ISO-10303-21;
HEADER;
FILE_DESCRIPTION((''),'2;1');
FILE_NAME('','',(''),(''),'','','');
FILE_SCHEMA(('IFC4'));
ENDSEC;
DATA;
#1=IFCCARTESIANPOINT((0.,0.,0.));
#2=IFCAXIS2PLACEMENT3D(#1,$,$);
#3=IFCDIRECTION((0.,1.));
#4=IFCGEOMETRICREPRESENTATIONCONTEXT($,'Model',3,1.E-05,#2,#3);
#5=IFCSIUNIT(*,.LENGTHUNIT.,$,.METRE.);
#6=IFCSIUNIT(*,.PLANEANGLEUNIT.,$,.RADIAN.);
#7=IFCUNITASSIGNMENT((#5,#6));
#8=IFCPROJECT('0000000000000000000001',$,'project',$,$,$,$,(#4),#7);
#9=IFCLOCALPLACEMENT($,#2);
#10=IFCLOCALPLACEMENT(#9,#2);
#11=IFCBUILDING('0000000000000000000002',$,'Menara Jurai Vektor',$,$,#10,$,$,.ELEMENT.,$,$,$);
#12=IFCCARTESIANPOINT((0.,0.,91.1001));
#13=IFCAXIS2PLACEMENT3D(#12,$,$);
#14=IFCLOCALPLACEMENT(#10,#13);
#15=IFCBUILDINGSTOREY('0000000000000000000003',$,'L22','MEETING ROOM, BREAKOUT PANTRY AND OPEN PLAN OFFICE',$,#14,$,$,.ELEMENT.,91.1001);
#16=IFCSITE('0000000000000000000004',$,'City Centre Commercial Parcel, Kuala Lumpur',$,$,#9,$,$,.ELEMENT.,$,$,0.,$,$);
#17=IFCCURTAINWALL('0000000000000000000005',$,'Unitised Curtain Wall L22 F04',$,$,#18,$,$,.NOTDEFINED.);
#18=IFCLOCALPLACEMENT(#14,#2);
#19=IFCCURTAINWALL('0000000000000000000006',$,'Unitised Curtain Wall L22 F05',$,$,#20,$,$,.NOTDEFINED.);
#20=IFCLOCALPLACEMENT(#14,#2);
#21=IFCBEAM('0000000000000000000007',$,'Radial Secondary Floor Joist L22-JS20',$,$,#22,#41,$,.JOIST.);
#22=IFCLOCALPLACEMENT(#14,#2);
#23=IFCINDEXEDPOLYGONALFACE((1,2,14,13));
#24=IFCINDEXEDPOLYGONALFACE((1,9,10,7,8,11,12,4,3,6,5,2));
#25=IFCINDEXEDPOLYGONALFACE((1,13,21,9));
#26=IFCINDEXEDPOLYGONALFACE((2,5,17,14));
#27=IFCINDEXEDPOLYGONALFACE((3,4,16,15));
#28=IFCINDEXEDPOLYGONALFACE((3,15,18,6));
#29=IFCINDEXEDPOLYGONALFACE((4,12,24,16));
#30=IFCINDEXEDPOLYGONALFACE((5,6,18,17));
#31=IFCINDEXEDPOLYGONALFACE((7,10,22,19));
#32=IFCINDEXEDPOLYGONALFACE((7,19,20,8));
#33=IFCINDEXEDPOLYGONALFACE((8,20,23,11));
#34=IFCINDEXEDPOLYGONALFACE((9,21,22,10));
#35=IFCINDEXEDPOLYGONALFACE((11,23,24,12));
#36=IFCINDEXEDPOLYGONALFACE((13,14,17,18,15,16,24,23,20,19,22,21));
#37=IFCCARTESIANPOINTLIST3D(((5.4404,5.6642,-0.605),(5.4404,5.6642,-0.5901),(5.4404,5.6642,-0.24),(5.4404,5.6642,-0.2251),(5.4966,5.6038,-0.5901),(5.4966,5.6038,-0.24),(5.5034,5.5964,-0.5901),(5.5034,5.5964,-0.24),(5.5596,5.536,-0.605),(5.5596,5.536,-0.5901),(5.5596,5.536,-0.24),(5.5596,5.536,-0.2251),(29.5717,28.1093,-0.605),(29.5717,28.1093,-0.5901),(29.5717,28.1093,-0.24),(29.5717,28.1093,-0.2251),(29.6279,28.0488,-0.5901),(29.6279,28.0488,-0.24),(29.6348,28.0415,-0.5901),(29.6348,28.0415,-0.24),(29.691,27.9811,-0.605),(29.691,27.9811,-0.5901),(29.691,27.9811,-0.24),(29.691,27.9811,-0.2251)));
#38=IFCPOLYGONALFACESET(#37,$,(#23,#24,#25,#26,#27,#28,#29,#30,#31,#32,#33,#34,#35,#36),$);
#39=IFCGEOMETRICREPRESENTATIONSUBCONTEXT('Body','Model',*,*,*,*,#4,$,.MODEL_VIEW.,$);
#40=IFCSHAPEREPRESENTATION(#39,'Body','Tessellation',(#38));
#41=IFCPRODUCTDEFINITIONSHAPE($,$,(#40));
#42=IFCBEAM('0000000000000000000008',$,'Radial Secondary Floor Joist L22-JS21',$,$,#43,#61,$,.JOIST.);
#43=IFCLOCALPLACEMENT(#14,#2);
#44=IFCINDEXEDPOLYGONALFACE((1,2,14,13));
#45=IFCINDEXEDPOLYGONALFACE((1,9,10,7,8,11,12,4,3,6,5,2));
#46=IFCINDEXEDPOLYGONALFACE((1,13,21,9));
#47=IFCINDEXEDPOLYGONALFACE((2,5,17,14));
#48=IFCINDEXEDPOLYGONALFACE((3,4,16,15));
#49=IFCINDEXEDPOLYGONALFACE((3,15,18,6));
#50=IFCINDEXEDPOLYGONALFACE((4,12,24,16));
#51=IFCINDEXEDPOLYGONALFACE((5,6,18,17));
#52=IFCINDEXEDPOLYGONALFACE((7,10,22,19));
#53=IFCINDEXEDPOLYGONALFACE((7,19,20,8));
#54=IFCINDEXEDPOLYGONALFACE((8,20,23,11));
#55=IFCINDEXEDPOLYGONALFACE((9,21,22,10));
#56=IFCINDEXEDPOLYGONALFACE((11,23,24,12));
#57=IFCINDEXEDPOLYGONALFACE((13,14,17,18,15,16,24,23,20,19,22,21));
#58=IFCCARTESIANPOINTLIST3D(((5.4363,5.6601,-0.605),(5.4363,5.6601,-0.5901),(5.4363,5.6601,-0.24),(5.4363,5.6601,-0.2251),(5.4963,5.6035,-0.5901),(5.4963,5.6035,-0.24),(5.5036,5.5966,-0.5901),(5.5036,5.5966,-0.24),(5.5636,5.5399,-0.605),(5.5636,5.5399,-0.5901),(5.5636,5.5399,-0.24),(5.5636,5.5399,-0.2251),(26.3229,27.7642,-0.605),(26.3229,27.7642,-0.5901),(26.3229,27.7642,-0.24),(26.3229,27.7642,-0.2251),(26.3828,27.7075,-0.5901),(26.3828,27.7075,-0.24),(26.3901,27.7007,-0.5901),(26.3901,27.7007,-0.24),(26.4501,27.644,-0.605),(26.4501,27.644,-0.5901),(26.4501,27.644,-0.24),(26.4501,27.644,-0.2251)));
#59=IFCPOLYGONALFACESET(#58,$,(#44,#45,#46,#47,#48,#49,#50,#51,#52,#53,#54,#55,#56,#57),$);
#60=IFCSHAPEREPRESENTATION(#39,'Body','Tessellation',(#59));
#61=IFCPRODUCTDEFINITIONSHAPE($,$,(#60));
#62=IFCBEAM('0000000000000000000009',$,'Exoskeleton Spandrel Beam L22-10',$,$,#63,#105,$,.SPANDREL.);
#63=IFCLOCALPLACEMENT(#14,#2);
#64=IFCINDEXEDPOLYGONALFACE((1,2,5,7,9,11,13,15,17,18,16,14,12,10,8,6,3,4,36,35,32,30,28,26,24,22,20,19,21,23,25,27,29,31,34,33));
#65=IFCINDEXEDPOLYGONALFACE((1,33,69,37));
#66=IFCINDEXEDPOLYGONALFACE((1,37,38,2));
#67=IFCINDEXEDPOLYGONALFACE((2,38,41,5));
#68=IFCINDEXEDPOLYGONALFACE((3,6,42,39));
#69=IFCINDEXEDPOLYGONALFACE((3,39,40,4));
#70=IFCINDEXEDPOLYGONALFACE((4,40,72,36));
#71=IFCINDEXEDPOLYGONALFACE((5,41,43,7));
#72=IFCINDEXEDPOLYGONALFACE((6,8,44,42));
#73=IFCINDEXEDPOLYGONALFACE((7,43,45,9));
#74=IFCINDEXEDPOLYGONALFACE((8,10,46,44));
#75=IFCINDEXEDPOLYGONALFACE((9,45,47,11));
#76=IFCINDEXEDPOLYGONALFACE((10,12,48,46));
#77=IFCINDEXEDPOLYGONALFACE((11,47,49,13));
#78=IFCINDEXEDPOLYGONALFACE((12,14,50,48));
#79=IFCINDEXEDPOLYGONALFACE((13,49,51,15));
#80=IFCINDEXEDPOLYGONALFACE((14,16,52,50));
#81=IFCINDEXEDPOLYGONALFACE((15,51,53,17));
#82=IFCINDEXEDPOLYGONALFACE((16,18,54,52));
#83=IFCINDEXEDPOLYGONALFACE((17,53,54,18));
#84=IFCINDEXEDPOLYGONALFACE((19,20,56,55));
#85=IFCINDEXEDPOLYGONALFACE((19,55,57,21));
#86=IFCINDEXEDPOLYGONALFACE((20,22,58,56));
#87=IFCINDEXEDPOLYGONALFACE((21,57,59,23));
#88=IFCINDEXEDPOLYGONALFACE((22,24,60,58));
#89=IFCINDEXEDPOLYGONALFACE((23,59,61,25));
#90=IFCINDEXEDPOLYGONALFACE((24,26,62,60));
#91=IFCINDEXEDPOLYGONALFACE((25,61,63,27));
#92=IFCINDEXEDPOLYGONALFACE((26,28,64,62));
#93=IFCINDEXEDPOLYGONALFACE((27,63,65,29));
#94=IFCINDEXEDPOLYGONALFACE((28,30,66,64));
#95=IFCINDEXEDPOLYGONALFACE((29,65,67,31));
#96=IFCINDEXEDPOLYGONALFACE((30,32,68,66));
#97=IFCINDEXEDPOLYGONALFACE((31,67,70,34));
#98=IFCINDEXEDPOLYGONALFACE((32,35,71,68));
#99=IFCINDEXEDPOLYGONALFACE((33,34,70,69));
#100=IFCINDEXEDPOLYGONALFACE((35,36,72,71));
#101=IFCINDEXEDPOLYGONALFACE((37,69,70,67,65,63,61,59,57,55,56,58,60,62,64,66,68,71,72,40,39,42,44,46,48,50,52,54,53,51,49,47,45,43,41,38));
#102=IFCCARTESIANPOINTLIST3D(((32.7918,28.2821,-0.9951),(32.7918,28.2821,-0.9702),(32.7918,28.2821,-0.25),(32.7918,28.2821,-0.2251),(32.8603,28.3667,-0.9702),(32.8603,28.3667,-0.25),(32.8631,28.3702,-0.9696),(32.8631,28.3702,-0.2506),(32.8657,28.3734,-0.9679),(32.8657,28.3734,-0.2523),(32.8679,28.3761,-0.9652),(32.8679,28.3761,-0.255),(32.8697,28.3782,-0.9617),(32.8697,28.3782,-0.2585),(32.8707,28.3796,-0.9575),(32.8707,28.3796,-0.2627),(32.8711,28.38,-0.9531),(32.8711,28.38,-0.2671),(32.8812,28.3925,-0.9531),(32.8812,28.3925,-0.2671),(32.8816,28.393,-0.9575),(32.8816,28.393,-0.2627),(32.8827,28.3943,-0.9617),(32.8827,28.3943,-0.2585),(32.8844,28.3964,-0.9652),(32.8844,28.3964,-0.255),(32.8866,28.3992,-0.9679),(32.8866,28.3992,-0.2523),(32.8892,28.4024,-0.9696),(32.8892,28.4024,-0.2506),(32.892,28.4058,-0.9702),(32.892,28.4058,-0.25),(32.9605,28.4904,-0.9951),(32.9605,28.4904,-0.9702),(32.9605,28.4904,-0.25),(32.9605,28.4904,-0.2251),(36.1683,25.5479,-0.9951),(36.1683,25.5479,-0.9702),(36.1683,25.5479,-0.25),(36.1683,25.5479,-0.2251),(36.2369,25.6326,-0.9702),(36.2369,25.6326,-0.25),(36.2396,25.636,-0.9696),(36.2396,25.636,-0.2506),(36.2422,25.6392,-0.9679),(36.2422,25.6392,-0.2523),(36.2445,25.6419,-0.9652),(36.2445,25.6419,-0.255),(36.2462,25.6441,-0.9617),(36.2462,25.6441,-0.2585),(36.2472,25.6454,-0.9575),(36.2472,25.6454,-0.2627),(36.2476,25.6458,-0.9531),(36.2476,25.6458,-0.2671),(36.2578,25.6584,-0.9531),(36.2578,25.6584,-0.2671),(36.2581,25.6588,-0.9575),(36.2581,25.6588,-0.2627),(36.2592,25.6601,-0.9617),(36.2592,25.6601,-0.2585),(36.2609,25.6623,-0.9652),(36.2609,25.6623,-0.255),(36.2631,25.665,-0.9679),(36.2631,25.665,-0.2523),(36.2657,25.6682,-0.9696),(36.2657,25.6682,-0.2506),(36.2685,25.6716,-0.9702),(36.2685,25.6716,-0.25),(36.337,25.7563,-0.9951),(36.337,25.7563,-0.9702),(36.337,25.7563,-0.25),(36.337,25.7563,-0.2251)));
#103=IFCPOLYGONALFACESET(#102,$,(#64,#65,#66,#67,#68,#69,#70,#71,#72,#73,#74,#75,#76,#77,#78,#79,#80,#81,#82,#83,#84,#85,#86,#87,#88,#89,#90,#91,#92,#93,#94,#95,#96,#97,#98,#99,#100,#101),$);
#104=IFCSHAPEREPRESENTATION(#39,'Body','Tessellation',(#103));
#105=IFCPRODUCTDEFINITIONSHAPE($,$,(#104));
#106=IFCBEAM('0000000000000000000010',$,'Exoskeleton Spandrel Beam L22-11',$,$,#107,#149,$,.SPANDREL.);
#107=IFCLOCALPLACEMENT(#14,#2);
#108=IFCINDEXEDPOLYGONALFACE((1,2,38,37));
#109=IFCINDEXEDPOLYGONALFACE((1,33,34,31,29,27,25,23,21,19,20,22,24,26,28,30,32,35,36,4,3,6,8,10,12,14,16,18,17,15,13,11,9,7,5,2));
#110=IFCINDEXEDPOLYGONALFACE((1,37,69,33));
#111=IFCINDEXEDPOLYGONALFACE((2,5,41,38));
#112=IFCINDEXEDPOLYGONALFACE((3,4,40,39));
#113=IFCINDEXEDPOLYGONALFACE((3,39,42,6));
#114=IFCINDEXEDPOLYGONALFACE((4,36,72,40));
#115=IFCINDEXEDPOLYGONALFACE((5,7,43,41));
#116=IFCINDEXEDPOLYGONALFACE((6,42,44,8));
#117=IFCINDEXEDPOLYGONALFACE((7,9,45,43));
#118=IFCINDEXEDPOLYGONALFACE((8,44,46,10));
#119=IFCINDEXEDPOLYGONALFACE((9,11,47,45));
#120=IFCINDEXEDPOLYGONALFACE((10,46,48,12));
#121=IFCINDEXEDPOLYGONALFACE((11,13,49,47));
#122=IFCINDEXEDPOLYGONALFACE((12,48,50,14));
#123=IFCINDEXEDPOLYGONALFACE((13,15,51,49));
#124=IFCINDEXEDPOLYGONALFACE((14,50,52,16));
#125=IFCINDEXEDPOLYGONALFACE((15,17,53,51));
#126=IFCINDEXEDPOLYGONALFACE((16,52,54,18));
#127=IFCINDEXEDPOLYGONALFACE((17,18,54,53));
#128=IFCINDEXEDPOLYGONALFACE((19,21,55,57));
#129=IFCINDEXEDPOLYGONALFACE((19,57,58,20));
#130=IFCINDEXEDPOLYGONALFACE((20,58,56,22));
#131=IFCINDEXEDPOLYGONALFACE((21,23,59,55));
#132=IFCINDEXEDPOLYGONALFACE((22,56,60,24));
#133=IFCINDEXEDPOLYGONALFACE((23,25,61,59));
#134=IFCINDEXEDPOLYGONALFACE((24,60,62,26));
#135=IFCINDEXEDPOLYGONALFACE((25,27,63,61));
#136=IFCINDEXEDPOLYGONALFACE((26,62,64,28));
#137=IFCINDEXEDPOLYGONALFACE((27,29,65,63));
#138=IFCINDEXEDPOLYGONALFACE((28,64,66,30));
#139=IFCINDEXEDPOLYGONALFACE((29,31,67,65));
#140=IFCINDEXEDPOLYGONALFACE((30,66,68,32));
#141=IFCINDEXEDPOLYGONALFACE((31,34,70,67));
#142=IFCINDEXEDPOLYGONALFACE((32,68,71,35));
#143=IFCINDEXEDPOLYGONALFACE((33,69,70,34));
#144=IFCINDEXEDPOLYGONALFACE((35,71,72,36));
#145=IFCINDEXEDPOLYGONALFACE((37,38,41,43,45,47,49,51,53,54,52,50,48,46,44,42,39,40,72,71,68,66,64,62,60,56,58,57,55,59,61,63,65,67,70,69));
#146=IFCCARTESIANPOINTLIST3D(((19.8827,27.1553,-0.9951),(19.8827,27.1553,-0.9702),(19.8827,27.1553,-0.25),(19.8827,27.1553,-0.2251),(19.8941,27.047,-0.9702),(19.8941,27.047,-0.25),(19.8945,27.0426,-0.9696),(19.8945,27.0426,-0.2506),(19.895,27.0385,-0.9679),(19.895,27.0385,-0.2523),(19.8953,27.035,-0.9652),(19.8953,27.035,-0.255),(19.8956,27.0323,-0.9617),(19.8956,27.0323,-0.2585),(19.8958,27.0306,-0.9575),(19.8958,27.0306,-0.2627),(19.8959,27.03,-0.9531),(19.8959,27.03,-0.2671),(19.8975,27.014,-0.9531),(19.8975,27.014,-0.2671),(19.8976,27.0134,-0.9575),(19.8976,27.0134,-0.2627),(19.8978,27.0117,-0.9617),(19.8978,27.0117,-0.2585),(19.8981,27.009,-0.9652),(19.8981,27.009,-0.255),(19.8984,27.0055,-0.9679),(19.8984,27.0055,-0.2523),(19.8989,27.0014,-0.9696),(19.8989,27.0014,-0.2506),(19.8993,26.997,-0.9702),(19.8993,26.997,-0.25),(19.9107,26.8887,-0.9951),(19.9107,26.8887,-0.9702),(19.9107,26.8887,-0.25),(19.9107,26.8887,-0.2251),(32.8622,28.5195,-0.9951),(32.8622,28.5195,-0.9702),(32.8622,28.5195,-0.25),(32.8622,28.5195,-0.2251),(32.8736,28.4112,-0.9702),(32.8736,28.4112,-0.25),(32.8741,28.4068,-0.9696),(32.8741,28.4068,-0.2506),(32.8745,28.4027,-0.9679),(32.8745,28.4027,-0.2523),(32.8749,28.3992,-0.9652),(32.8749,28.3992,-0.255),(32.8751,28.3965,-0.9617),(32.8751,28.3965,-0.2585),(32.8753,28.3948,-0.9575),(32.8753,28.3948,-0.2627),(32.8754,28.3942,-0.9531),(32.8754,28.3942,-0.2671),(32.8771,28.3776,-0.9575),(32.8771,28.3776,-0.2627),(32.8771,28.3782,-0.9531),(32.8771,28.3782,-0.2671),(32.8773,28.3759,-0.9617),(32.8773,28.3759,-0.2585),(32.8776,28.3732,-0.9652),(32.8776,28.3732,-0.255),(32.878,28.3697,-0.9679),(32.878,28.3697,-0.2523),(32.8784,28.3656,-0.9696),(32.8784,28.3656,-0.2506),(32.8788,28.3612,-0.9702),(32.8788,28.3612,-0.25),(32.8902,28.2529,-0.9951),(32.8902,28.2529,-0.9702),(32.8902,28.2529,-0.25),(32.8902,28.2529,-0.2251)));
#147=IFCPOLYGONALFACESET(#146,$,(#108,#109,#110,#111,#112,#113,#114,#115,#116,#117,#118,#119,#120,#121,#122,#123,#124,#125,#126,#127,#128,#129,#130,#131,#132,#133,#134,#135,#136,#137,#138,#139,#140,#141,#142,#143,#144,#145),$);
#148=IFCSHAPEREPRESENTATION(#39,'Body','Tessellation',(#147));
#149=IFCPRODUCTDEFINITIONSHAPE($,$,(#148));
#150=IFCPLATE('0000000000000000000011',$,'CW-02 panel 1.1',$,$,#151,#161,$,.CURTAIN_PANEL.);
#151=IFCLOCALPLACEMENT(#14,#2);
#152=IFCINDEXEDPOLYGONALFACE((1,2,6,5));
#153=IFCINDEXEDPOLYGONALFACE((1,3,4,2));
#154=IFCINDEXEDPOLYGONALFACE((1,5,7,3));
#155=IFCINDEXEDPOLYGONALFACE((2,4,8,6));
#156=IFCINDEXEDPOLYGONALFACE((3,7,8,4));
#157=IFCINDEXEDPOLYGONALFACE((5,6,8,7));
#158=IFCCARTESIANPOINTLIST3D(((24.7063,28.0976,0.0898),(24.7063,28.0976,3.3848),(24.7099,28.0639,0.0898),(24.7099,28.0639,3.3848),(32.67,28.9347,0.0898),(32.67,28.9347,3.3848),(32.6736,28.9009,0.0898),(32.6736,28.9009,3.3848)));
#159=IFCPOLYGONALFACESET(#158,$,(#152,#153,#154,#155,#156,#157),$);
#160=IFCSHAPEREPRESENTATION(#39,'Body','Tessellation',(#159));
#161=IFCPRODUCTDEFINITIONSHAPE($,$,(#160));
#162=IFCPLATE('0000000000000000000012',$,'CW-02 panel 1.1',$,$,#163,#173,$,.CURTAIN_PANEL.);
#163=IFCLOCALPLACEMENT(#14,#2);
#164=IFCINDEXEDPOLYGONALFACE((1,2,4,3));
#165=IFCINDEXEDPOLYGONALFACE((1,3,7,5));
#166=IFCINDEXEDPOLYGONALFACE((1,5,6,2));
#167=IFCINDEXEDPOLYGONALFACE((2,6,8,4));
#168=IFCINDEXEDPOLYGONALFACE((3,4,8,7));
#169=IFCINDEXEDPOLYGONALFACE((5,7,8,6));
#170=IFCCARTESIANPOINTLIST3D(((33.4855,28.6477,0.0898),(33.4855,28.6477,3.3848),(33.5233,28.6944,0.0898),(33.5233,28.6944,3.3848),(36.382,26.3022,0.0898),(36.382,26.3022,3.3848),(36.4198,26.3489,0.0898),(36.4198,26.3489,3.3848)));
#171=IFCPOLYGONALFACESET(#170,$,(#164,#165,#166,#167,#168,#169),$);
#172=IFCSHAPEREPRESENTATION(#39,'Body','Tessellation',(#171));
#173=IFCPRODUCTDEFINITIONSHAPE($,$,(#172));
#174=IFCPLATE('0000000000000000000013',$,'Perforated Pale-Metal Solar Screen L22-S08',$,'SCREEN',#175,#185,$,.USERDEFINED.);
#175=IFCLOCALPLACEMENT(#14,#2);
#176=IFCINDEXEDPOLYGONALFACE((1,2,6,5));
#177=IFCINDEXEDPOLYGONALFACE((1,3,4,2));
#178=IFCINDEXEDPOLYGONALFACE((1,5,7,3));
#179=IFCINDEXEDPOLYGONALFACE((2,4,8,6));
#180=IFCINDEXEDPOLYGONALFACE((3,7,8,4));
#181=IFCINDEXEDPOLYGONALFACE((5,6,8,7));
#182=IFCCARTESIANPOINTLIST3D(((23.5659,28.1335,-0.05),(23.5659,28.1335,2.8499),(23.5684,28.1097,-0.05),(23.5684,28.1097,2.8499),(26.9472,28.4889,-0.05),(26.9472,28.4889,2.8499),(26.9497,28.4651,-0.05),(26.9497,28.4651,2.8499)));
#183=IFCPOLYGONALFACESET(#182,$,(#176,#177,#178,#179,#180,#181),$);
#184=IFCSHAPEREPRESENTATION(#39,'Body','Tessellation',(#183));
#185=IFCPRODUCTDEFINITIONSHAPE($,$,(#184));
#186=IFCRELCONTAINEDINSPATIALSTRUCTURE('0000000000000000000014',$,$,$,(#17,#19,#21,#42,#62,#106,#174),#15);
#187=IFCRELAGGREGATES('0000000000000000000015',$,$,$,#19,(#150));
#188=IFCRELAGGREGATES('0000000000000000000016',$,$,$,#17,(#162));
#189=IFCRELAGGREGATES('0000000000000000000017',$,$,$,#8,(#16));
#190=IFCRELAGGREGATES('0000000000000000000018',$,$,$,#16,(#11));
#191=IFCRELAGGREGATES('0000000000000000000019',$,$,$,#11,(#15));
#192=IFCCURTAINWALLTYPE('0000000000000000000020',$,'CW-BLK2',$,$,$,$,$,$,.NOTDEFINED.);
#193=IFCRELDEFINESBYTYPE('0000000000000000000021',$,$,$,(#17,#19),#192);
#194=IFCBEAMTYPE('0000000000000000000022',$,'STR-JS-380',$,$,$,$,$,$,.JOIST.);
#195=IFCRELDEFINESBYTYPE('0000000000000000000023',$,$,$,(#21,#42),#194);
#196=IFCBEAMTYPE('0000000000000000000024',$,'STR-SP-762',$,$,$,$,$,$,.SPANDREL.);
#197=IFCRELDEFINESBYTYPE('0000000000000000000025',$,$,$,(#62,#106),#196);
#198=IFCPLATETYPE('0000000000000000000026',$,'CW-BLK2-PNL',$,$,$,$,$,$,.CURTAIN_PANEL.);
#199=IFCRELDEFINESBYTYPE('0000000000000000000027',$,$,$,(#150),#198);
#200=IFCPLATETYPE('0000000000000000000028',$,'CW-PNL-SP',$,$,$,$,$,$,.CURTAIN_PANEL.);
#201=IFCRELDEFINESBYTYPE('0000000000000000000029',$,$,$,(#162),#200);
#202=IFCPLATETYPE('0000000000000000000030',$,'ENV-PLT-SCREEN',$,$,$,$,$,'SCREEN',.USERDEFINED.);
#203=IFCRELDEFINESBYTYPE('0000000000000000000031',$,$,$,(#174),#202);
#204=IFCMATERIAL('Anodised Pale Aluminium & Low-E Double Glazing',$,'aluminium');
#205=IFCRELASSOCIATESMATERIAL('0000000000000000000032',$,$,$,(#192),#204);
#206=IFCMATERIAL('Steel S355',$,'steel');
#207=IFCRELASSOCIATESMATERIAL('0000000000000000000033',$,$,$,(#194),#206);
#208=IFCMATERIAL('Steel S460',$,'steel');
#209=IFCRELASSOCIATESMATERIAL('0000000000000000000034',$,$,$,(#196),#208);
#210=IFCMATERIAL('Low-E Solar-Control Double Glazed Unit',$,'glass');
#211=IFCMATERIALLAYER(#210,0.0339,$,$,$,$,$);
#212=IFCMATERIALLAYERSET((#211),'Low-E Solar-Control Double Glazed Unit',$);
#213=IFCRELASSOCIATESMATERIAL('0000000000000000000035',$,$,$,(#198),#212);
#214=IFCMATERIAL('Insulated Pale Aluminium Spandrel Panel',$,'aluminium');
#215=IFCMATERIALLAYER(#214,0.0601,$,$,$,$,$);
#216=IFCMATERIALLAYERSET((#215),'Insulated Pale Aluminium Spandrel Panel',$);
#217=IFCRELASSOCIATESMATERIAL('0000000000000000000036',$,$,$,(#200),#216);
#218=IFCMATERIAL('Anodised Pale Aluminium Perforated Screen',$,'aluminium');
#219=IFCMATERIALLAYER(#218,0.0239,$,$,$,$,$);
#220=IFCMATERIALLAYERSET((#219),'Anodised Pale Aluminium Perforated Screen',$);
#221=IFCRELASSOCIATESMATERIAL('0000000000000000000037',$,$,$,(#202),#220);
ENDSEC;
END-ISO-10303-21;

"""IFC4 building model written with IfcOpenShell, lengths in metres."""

from ifc_helpers import new_model, si_unit, direction, frame, origin, origin_2d, place, context, subcontext, project, spatial, rectangle, i_section, extrude, material, layer, layer_set, material_profile, profile_set, type_object, element, aggregate, save


model = new_model("IFC4")

# Units and contexts
model_context = context("Model", 3, precision=1e-05, world=origin(), true_north=direction((0.0, 1.0)))
body_context = subcontext(model_context, "Body", "Model", "MODEL_VIEW")
ifc_project = project(units=[si_unit("LENGTHUNIT", "METRE"), si_unit("PLANEANGLEUNIT", "RADIAN")], contexts=[model_context])

# Site, building, storey
site_placement = place(None, origin())
site = spatial("IfcSite", under=ifc_project, at=site_placement, Name="City Centre Commercial Parcel, Kuala Lumpur", CompositionType="ELEMENT", RefElevation=0.0)
building_placement = place(site_placement, origin())
building = spatial("IfcBuilding", under=site, at=building_placement, Name="Menara Jurai Vektor", CompositionType="ELEMENT")
storey_placement = place(building_placement, frame((0.0, 0.0, 91.1001)))
storey = spatial("IfcBuildingStorey", under=building, at=storey_placement, Name="L22", Description="MEETING ROOM, BREAKOUT PANTRY AND OPEN PLAN OFFICE", CompositionType="ELEMENT", Elevation=91.1001)

# Shared definitions
ifc_material_1 = material(Name="Steel S460", Category="steel")

# Shared definitions
ifc_material_2 = material(Name="Anodised Pale Aluminium & Low-E Double Glazing", Category="aluminium")
curtain_wall_type = type_object("IfcCurtainWallType", Name="CW-BLK2", PredefinedType="NOTDEFINED", material=ifc_material_2)

# Curtain walls
curtain_wall_1_placement = place(storey_placement, origin())
curtain_wall_1 = element("IfcCurtainWall", 1, at=curtain_wall_1_placement, inside=storey, type_object=curtain_wall_type, Name="Unitised Curtain Wall L22 F04", PredefinedType="NOTDEFINED")
curtain_wall_2_placement = place(storey_placement, origin())
curtain_wall_2 = element("IfcCurtainWall", 2, at=curtain_wall_2_placement, inside=storey, type_object=curtain_wall_type, Name="Unitised Curtain Wall L22 F05", PredefinedType="NOTDEFINED")

# Shared definitions
ifc_material_3 = material(Name="Steel S355", Category="steel")

# Beams
ifc_material_profile_1 = material_profile(ifc_material_3, i_section(OverallWidth=0.175, OverallDepth=0.3799, WebThickness=0.01, FlangeThickness=0.0149, at=origin_2d()), Name="PG 380x175x58")
ifc_profile_set_1 = profile_set([ifc_material_profile_1], Name="Steel S355")
beam_type_1 = type_object("IfcBeamType", Name="STR-JS-380", PredefinedType="JOIST", material=ifc_profile_set_1)
beam_1_placement = place(storey_placement, frame((29.6313, 28.0452, -0.415), z_axis=(-0.732228, -0.68106, 0.0), x_axis=(0.68106, -0.732228, 0.0)))
element("IfcBeam", 3, at=beam_1_placement, inside=storey, type_object=beam_type_1, Name="Radial Secondary Floor Joist L22-JS20", PredefinedType="JOIST", context=body_context, shape_type="SweptSolid", body=[
    extrude(i_section(OverallWidth=0.175, OverallDepth=0.3799, WebThickness=0.01, FlangeThickness=0.0149, at=origin_2d()), origin(), (0.0, 0.0, 1.0), 32.9561),
])
beam_2_placement = place(storey_placement, frame((26.3865, 27.7041, -0.415), z_axis=(-0.686805, -0.726841, 0.0), x_axis=(0.726841, -0.686805, 0.0)))
element("IfcBeam", 4, at=beam_2_placement, inside=storey, type_object=beam_type_1, Name="Radial Secondary Floor Joist L22-JS21", PredefinedType="JOIST", context=body_context, shape_type="SweptSolid", body=[
    extrude(i_section(OverallWidth=0.175, OverallDepth=0.3799, WebThickness=0.01, FlangeThickness=0.0149, at=origin_2d()), origin(), (0.0, 0.0, 1.0), 30.4111),
])
ifc_material_profile_2 = material_profile(ifc_material_1, i_section(OverallWidth=0.2681, OverallDepth=0.77, WebThickness=0.0161, FlangeThickness=0.0249, FilletRadius=0.0171, at=origin_2d()), Name="UKB 762x267x197")
ifc_profile_set_2 = profile_set([ifc_material_profile_2], Name="Steel S460")
beam_type_2 = type_object("IfcBeamType", Name="STR-SP-762", PredefinedType="SPANDREL", material=ifc_profile_set_2)
beam_3_placement = place(storey_placement, frame((36.2527, 25.6521, -0.6101), z_axis=(-0.777155, 0.62931, 0.0), x_axis=(-0.62931, -0.777155, 0.0)))
element("IfcBeam", 5, at=beam_3_placement, inside=storey, type_object=beam_type_2, Name="Exoskeleton Spandrel Beam L22-10", PredefinedType="SPANDREL", context=body_context, shape_type="SweptSolid", body=[
    extrude(i_section(OverallWidth=0.2681, OverallDepth=0.77, WebThickness=0.0161, FlangeThickness=0.0249, FilletRadius=0.0171, at=origin_2d()), origin(), (0.0, 0.0, 1.0), 4.3447),
])
beam_4_placement = place(storey_placement, frame((32.8762, 28.3862, -0.6101), z_axis=(-0.994521, -0.104533, 0.0), x_axis=(0.104533, -0.994521, 0.0)))
element("IfcBeam", 6, at=beam_4_placement, inside=storey, type_object=beam_type_2, Name="Exoskeleton Spandrel Beam L22-11", PredefinedType="SPANDREL", context=body_context, shape_type="SweptSolid", body=[
    extrude(i_section(OverallWidth=0.2681, OverallDepth=0.77, WebThickness=0.0161, FlangeThickness=0.0249, FilletRadius=0.0171, at=origin_2d()), origin(), (0.0, 0.0, 1.0), 13.051),
])

# Plates
ifc_material_4 = material(Name="Low-E Solar-Control Double Glazed Unit", Category="glass")
ifc_layer_1 = layer(ifc_material_4, 0.0339)
ifc_layer_set_1 = layer_set([ifc_layer_1], Name="Low-E Solar-Control Double Glazed Unit")
plate_type_1 = type_object("IfcPlateType", Name="CW-BLK2-PNL", PredefinedType="CURTAIN_PANEL", material=ifc_layer_set_1)
plate_1_placement = place(storey_placement, frame((28.6899, 28.4993, 0.0898), z_axis=(0.0, 0.0, 1.0), x_axis=(-0.994522, -0.104529, 0.0)))
plate_1 = element("IfcPlate", 7, at=plate_1_placement, type_object=plate_type_1, Name="CW-02 panel 1.1", PredefinedType="CURTAIN_PANEL", context=body_context, shape_type="SweptSolid", body=[
    extrude(rectangle(XDim=8.0076, YDim=0.0339, at=origin_2d()), origin(), (0.0, 0.0, 1.0), 3.2949),
])
aggregate(curtain_wall_2, [plate_1])
ifc_material_5 = material(Name="Insulated Pale Aluminium Spandrel Panel", Category="aluminium")
ifc_layer_2 = layer(ifc_material_5, 0.0601)
ifc_layer_set_2 = layer_set([ifc_layer_2], Name="Insulated Pale Aluminium Spandrel Panel")
plate_type_2 = type_object("IfcPlateType", Name="CW-PNL-SP", PredefinedType="CURTAIN_PANEL", material=ifc_layer_set_2)
plate_2_placement = place(storey_placement, frame((34.9526, 27.4983, 0.0898), z_axis=(0.0, 0.0, 1.0), x_axis=(-0.777152, 0.629313, 0.0)))
plate_2 = element("IfcPlate", 8, at=plate_2_placement, type_object=plate_type_2, Name="CW-02 panel 1.1", PredefinedType="CURTAIN_PANEL", context=body_context, shape_type="SweptSolid", body=[
    extrude(rectangle(XDim=3.7271, YDim=0.0601, at=origin_2d()), origin(), (0.0, 0.0, 1.0), 3.2949),
])
aggregate(curtain_wall_1, [plate_2])
ifc_material_6 = material(Name="Anodised Pale Aluminium Perforated Screen", Category="aluminium")
ifc_layer_3 = layer(ifc_material_6, 0.0239)
ifc_layer_set_3 = layer_set([ifc_layer_3], Name="Anodised Pale Aluminium Perforated Screen")
plate_type_3 = type_object("IfcPlateType", Name="ENV-PLT-SCREEN", ElementType="SCREEN", PredefinedType="USERDEFINED", material=ifc_layer_set_3)
plate_3_placement = place(storey_placement, frame((25.2578, 28.2993, -0.05), z_axis=(0.0, 0.0, 1.0), x_axis=(-0.994522, -0.104528, 0.0)))
element("IfcPlate", 9, at=plate_3_placement, inside=storey, type_object=plate_type_3, Name="Perforated Pale-Metal Solar Screen L22-S08", ObjectType="SCREEN", PredefinedType="USERDEFINED", context=body_context, shape_type="SweptSolid", body=[
    extrude(rectangle(XDim=3.3999, YDim=0.0239, at=origin_2d()), origin(), (0.0, 0.0, 1.0), 2.8999),
])

save(model, "model.ifc")
